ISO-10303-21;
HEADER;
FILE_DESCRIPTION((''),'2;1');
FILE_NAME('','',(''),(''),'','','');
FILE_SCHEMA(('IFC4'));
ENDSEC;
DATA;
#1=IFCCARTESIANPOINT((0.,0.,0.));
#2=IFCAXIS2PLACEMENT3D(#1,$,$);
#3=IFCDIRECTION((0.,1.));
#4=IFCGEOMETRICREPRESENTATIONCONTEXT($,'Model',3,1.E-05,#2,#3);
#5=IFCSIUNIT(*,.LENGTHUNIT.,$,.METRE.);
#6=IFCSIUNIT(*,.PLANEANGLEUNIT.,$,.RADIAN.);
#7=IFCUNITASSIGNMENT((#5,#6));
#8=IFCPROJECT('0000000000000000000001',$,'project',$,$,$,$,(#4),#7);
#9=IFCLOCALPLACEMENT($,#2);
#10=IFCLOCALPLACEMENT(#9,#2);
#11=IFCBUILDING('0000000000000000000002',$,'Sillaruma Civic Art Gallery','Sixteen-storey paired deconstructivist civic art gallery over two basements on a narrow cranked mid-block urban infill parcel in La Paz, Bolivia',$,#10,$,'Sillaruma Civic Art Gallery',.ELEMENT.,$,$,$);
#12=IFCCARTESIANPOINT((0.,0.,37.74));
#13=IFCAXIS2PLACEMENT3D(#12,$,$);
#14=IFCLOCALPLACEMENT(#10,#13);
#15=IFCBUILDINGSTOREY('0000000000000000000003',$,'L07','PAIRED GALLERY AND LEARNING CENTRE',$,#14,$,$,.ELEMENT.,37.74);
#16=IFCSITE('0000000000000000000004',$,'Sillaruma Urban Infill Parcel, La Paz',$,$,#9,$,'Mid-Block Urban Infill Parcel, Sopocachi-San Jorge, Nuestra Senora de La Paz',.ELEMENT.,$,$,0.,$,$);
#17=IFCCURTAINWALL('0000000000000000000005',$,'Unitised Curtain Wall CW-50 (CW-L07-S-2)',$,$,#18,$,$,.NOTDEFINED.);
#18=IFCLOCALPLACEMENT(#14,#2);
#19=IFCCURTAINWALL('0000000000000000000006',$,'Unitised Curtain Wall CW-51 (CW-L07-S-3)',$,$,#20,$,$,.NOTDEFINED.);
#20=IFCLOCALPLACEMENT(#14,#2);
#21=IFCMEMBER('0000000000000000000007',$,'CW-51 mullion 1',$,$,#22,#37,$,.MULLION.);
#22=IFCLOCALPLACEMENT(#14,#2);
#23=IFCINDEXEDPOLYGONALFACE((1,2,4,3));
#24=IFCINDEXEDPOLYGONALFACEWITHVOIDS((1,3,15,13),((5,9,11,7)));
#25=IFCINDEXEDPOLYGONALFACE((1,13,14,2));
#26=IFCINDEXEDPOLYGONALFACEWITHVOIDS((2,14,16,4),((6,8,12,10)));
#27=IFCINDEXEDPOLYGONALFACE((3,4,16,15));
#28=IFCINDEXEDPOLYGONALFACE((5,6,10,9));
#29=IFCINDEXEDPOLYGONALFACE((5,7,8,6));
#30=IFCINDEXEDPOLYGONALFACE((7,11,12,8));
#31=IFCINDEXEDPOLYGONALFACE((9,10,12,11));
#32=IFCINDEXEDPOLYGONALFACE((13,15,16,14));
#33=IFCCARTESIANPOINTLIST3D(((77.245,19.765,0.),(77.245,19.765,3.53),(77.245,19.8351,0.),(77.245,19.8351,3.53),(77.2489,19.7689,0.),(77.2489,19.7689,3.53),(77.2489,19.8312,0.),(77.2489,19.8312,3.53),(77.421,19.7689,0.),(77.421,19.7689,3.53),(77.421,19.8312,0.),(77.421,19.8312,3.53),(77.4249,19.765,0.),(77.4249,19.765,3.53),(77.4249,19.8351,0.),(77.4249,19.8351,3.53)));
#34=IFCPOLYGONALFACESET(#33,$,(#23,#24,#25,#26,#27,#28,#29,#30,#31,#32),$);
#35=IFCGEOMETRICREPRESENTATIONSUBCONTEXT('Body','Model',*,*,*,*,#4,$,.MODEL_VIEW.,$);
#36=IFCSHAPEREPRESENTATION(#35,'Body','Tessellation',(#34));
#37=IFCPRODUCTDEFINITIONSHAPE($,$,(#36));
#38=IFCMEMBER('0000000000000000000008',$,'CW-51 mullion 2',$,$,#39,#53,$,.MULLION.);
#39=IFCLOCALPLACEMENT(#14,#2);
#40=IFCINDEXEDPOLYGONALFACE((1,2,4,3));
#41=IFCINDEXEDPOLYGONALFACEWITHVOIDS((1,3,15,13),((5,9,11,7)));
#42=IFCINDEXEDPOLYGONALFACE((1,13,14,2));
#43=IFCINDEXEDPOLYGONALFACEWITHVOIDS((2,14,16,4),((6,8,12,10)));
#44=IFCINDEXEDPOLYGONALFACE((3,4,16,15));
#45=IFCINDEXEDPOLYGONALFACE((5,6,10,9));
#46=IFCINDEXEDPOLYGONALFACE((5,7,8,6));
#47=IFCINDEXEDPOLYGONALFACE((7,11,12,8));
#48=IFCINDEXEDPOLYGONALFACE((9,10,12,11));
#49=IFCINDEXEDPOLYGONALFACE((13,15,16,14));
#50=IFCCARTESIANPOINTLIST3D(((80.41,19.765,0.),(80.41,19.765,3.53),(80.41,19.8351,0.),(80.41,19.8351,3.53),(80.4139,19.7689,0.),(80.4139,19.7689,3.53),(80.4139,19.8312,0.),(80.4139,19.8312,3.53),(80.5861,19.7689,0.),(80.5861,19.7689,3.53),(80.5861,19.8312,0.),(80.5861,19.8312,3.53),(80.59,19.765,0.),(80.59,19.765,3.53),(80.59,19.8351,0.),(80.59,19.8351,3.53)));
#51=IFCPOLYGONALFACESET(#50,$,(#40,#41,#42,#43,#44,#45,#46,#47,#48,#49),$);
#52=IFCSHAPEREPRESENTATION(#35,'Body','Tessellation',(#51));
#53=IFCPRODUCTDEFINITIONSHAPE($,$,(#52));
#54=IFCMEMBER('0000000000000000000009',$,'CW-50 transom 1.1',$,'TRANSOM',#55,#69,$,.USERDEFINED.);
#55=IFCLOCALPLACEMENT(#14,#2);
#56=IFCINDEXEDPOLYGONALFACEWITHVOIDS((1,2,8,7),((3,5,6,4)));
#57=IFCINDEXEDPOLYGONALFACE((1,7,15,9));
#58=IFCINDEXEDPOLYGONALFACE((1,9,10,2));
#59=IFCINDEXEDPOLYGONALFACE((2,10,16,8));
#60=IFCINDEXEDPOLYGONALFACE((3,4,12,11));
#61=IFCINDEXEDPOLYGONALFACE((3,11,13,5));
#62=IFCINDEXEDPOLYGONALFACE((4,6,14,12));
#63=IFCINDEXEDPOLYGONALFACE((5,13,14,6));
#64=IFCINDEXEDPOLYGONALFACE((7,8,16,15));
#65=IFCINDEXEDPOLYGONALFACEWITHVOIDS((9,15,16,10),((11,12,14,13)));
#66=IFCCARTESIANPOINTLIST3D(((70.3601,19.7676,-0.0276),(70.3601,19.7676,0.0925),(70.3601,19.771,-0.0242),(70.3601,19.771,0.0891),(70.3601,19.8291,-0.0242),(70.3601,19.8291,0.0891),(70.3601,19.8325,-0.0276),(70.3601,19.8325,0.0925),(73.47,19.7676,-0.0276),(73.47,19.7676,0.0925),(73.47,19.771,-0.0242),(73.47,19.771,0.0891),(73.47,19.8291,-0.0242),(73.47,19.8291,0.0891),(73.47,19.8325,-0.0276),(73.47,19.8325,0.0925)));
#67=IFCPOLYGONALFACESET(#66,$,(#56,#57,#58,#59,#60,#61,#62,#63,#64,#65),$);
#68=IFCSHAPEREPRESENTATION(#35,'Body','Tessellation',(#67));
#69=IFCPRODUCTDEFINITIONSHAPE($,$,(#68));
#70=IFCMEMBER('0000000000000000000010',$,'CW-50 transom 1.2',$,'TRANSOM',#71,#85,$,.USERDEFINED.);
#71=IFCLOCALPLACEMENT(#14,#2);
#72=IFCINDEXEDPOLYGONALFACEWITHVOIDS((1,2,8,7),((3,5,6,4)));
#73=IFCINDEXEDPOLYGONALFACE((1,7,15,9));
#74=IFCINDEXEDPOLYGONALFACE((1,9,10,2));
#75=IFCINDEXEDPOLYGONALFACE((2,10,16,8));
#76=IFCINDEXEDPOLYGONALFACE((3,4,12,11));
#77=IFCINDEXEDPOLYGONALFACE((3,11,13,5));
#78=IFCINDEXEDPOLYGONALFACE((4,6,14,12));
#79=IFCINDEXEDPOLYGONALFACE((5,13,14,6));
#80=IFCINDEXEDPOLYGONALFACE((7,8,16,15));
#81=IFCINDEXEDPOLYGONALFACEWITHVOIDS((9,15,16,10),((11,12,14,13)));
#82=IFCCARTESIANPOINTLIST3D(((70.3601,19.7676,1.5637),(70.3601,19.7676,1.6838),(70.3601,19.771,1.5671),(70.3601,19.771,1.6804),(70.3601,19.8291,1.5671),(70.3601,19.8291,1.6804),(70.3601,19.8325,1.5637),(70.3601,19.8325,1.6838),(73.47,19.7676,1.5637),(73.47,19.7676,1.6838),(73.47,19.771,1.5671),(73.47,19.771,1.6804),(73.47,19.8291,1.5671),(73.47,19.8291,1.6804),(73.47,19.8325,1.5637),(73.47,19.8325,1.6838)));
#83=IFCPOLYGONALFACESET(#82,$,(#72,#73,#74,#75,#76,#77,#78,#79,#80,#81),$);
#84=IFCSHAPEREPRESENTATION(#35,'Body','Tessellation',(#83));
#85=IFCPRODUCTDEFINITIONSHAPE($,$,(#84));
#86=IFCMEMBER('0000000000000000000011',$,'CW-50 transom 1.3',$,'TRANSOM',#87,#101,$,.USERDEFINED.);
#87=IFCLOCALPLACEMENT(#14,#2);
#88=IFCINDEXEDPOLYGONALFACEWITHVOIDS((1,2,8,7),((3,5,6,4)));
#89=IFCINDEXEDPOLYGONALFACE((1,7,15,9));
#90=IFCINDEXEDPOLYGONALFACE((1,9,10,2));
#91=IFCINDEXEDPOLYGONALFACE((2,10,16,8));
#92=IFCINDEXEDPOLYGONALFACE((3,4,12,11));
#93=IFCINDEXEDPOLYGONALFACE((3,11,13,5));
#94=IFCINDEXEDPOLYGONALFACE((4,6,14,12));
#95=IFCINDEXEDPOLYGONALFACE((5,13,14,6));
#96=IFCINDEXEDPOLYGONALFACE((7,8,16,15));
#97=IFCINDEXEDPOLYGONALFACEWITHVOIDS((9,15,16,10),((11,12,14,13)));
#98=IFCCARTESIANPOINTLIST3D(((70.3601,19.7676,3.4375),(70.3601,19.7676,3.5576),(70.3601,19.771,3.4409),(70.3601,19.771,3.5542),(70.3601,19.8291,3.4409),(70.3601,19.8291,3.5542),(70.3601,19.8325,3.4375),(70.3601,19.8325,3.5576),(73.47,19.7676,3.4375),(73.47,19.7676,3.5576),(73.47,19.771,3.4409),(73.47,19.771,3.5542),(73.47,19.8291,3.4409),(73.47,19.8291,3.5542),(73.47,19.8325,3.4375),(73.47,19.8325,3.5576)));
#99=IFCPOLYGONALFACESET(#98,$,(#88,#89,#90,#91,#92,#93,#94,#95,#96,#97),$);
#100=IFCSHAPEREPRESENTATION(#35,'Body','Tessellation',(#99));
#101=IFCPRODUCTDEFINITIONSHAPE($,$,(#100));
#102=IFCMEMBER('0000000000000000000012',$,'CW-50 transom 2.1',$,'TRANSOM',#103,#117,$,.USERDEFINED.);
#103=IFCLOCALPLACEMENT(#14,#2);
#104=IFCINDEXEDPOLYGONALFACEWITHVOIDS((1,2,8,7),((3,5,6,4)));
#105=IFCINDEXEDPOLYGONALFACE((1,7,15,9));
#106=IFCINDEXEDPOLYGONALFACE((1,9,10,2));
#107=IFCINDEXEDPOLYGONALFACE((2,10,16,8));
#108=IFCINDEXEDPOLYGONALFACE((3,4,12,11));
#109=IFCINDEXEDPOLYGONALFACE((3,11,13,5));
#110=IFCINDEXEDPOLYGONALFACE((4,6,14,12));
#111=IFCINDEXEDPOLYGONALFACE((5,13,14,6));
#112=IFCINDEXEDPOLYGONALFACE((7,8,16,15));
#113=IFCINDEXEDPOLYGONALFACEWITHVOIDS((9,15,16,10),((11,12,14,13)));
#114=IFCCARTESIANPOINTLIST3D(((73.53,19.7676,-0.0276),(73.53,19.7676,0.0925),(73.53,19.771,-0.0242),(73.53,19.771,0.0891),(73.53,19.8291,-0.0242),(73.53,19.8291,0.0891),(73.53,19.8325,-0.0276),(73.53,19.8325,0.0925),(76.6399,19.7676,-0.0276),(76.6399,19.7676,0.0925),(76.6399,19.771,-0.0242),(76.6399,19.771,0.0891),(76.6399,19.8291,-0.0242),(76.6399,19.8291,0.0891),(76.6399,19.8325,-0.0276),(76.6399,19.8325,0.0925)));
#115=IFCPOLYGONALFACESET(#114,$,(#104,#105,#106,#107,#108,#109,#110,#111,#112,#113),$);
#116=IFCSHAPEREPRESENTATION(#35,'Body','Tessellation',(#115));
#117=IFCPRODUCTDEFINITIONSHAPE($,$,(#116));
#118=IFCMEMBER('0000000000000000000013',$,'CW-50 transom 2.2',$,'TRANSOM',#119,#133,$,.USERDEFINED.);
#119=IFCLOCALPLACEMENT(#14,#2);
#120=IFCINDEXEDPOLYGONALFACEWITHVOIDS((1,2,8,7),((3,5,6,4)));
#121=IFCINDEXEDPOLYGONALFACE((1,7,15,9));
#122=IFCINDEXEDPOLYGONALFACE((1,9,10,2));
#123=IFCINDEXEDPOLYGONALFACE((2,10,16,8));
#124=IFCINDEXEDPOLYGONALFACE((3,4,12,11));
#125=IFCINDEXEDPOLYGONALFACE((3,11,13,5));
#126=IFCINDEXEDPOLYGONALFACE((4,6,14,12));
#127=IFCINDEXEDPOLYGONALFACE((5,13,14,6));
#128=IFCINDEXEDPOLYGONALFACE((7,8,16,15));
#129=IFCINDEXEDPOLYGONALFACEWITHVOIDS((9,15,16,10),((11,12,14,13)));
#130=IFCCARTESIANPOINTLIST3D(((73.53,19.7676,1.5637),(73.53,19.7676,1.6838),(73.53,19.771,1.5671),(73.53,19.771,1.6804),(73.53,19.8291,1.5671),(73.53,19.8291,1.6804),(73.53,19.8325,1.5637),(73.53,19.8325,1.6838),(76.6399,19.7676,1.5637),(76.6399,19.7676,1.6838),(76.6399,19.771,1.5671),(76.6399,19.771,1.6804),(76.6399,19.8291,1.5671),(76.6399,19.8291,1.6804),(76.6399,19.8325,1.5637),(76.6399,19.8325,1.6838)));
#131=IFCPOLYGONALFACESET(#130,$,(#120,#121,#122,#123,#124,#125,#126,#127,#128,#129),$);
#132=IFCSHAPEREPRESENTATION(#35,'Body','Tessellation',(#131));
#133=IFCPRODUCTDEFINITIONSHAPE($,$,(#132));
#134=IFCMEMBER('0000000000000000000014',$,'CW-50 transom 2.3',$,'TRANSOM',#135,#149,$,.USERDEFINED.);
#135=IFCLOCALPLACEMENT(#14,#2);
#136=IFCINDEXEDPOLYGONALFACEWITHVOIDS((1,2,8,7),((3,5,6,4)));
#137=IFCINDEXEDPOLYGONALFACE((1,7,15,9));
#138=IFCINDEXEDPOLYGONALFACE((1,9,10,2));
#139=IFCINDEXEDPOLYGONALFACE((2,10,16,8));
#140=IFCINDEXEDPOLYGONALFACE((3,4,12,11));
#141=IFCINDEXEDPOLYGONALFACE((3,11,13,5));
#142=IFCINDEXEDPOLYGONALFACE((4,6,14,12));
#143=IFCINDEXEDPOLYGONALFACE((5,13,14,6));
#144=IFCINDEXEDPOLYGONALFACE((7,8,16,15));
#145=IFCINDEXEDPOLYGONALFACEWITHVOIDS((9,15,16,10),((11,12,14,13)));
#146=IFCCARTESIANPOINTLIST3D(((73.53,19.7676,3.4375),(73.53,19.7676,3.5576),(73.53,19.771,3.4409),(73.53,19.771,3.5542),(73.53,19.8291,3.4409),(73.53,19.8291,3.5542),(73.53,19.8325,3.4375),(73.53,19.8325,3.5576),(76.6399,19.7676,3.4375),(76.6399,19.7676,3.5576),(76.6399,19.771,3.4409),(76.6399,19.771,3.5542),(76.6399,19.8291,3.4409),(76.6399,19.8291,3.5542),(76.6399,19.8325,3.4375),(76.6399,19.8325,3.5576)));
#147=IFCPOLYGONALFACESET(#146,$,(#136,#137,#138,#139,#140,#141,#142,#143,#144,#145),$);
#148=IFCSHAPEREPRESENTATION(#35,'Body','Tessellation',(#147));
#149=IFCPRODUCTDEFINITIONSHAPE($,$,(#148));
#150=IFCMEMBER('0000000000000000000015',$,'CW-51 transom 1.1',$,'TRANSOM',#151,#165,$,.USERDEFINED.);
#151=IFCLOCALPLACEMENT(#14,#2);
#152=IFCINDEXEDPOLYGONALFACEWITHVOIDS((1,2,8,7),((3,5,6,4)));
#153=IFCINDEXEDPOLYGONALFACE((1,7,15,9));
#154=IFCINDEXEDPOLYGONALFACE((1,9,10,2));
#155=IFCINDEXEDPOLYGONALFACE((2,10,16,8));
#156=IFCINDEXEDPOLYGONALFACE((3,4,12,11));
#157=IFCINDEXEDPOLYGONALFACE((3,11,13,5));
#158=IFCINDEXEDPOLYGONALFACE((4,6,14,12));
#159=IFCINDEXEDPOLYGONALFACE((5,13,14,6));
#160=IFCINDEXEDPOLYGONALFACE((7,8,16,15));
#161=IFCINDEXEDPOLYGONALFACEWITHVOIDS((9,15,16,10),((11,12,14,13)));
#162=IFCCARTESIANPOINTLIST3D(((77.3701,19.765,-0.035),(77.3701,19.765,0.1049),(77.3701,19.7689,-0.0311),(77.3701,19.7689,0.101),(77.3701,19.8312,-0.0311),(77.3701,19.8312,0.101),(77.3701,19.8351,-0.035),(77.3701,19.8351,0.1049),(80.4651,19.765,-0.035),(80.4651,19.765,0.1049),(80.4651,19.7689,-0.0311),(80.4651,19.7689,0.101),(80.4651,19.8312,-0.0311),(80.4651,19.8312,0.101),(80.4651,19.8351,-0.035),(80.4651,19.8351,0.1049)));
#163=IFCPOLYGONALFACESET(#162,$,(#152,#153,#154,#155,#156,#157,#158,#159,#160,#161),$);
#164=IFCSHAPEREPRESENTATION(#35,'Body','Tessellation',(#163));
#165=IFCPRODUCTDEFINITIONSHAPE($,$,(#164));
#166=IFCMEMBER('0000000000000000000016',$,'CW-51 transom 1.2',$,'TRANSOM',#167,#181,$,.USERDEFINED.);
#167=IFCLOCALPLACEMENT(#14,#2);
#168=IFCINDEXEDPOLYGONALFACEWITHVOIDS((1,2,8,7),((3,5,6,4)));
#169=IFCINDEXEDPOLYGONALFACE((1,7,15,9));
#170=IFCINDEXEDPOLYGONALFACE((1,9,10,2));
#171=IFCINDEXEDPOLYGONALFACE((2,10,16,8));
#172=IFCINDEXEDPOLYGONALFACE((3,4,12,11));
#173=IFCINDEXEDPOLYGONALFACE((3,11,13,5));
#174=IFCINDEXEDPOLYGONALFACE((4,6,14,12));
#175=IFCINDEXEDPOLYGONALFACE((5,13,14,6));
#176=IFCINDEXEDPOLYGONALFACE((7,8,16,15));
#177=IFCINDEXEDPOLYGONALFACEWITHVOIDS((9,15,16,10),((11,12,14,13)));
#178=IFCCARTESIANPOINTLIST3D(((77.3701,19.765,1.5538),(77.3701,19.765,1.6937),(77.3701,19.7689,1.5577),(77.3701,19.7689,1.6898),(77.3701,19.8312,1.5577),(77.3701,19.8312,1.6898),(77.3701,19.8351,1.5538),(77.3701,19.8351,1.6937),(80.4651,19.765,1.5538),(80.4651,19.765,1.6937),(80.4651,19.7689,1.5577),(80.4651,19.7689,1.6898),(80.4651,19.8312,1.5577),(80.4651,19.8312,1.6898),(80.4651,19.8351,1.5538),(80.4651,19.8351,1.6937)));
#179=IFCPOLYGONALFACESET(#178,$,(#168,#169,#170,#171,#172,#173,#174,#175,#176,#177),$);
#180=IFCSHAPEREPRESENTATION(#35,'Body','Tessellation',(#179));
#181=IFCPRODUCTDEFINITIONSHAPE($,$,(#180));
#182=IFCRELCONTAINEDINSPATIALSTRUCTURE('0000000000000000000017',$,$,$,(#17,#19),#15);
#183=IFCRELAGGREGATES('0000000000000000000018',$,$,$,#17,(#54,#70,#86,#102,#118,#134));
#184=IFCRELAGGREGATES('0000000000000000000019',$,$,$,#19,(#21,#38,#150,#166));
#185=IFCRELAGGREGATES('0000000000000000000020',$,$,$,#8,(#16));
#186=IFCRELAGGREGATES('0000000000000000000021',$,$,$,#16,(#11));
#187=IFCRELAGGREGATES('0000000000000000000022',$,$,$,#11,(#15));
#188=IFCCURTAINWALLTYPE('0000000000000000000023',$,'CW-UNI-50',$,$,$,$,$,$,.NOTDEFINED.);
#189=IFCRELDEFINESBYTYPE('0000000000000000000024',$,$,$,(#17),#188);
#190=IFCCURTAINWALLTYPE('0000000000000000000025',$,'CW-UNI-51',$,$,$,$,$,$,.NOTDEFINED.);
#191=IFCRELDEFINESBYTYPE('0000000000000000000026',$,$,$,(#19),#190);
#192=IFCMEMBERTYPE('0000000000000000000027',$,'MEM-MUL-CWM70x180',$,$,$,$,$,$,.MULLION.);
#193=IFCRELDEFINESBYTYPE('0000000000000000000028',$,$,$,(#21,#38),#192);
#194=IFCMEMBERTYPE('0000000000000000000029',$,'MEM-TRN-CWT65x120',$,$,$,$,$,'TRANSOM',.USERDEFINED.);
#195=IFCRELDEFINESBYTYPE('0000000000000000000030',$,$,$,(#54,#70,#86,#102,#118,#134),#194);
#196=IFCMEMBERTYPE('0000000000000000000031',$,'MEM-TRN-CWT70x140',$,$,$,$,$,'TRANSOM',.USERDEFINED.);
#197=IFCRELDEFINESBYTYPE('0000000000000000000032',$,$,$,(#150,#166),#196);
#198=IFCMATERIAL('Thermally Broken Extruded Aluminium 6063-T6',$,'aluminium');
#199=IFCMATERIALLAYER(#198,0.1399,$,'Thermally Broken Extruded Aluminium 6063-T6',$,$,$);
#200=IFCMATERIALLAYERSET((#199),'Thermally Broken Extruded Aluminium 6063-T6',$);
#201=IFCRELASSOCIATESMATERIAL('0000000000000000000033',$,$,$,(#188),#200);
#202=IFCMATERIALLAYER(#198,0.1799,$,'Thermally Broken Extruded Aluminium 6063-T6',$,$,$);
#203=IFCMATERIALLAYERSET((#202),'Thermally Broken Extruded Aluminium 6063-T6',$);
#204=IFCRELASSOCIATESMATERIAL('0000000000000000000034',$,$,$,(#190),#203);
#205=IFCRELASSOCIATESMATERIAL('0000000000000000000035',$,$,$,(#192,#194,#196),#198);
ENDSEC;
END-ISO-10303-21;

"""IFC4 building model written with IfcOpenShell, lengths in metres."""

from ifc_helpers import new_model, si_unit, direction, frame, origin, origin_2d, place, context, subcontext, project, spatial, hollow_rectangle, extrude, material, layer, layer_set, material_profile, profile_set, type_object, element, aggregate, save


model = new_model("IFC4")

# Units and contexts
model_context = context("Model", 3, precision=1e-05, world=origin(), true_north=direction((0.0, 1.0)))
body_context = subcontext(model_context, "Body", "Model", "MODEL_VIEW")
ifc_project = project(units=[si_unit("LENGTHUNIT", "METRE"), si_unit("PLANEANGLEUNIT", "RADIAN")], contexts=[model_context])

# Site, building, storey
site_placement = place(None, origin())
site = spatial("IfcSite", under=ifc_project, at=site_placement, Name="Sillaruma Urban Infill Parcel, La Paz", LongName="Mid-Block Urban Infill Parcel, Sopocachi-San Jorge, Nuestra Senora de La Paz", CompositionType="ELEMENT", RefElevation=0.0)
building_placement = place(site_placement, origin())
building = spatial("IfcBuilding", under=site, at=building_placement, Name="Sillaruma Civic Art Gallery", Description="Sixteen-storey paired deconstructivist civic art gallery over two basements on a narrow cranked mid-block urban infill parcel in La Paz, Bolivia", LongName="Sillaruma Civic Art Gallery", CompositionType="ELEMENT")
storey_placement = place(building_placement, frame((0.0, 0.0, 37.74)))
storey = spatial("IfcBuildingStorey", under=building, at=storey_placement, Name="L07", Description="PAIRED GALLERY AND LEARNING CENTRE", CompositionType="ELEMENT", Elevation=37.74)

# Curtain walls, members
ifc_material_1 = material(Name="Thermally Broken Extruded Aluminium 6063-T6", Category="aluminium")
ifc_layer_1 = layer(ifc_material_1, 0.1399, Name="Thermally Broken Extruded Aluminium 6063-T6")
ifc_layer_set_1 = layer_set([ifc_layer_1], Name="Thermally Broken Extruded Aluminium 6063-T6")
curtain_wall_type_1 = type_object("IfcCurtainWallType", Name="CW-UNI-50", PredefinedType="NOTDEFINED", material=ifc_layer_set_1)
curtain_wall_1_placement = place(storey_placement, origin())
curtain_wall_1 = element("IfcCurtainWall", 1, at=curtain_wall_1_placement, inside=storey, type_object=curtain_wall_type_1, Name="Unitised Curtain Wall CW-50 (CW-L07-S-2)", PredefinedType="NOTDEFINED")
ifc_layer_2 = layer(ifc_material_1, 0.1799, Name="Thermally Broken Extruded Aluminium 6063-T6")
ifc_layer_set_2 = layer_set([ifc_layer_2], Name="Thermally Broken Extruded Aluminium 6063-T6")
curtain_wall_type_2 = type_object("IfcCurtainWallType", Name="CW-UNI-51", PredefinedType="NOTDEFINED", material=ifc_layer_set_2)
curtain_wall_2_placement = place(storey_placement, origin())
curtain_wall_2 = element("IfcCurtainWall", 2, at=curtain_wall_2_placement, inside=storey, type_object=curtain_wall_type_2, Name="Unitised Curtain Wall CW-51 (CW-L07-S-3)", PredefinedType="NOTDEFINED")
ifc_material_profile_1 = material_profile(ifc_material_1, hollow_rectangle(XDim=0.0701, YDim=0.1799, WallThickness=0.0039, at=origin_2d()), Name="CWM70x180")
ifc_profile_set_1 = profile_set([ifc_material_profile_1], Name="Thermally Broken Extruded Aluminium 6063-T6")
member_type_1 = type_object("IfcMemberType", Name="MEM-MUL-CWM70x180", PredefinedType="MULLION", material=ifc_profile_set_1)
member_1_placement = place(storey_placement, frame((77.335, 19.8, 0.0), z_axis=(0.0, 0.0, 1.0), x_axis=(0.0, 1.0, 0.0)))
member_1 = element("IfcMember", 3, at=member_1_placement, type_object=member_type_1, Name="CW-51 mullion 1", PredefinedType="MULLION", context=body_context, shape_type="SweptSolid", body=[
    extrude(hollow_rectangle(XDim=0.0701, YDim=0.1799, WallThickness=0.0039, at=origin_2d()), origin(), (0.0, 0.0, 1.0), 3.53),
])
member_2_placement = place(storey_placement, frame((80.5, 19.8, 0.0), z_axis=(0.0, 0.0, 1.0), x_axis=(0.0, 1.0, 0.0)))
member_2 = element("IfcMember", 4, at=member_2_placement, type_object=member_type_1, Name="CW-51 mullion 2", PredefinedType="MULLION", context=body_context, shape_type="SweptSolid", body=[
    extrude(hollow_rectangle(XDim=0.0701, YDim=0.1799, WallThickness=0.0039, at=origin_2d()), origin(), (0.0, 0.0, 1.0), 3.53),
])

# Members
ifc_material_profile_2 = material_profile(ifc_material_1, hollow_rectangle(XDim=0.0649, YDim=0.1201, WallThickness=0.0034, at=origin_2d()), Name="CWT65x120")
ifc_profile_set_2 = profile_set([ifc_material_profile_2], Name="Thermally Broken Extruded Aluminium 6063-T6")
member_type_2 = type_object("IfcMemberType", Name="MEM-TRN-CWT65x120", ElementType="TRANSOM", PredefinedType="USERDEFINED", material=ifc_profile_set_2)
member_3_placement = place(storey_placement, frame((70.3601, 19.8, 0.0325), z_axis=(1.0, 0.0, 0.0), x_axis=(0.0, 1.0, 0.0)))
member_3 = element("IfcMember", 5, at=member_3_placement, type_object=member_type_2, Name="CW-50 transom 1.1", ObjectType="TRANSOM", PredefinedType="USERDEFINED", context=body_context, shape_type="SweptSolid", body=[
    extrude(hollow_rectangle(XDim=0.0649, YDim=0.1201, WallThickness=0.0034, at=origin_2d()), origin(), (0.0, 0.0, 1.0), 3.1099),
])
member_4_placement = place(storey_placement, frame((70.3601, 19.8, 1.6238), z_axis=(1.0, 0.0, 0.0), x_axis=(0.0, 1.0, 0.0)))
member_4 = element("IfcMember", 6, at=member_4_placement, type_object=member_type_2, Name="CW-50 transom 1.2", ObjectType="TRANSOM", PredefinedType="USERDEFINED", context=body_context, shape_type="SweptSolid", body=[
    extrude(hollow_rectangle(XDim=0.0649, YDim=0.1201, WallThickness=0.0034, at=origin_2d()), origin(), (0.0, 0.0, 1.0), 3.1099),
])
member_5_placement = place(storey_placement, frame((70.3601, 19.8, 3.4976), z_axis=(1.0, 0.0, 0.0), x_axis=(0.0, 1.0, 0.0)))
member_5 = element("IfcMember", 7, at=member_5_placement, type_object=member_type_2, Name="CW-50 transom 1.3", ObjectType="TRANSOM", PredefinedType="USERDEFINED", context=body_context, shape_type="SweptSolid", body=[
    extrude(hollow_rectangle(XDim=0.0649, YDim=0.1201, WallThickness=0.0034, at=origin_2d()), origin(), (0.0, 0.0, 1.0), 3.1099),
])
member_6_placement = place(storey_placement, frame((73.53, 19.8, 0.0325), z_axis=(1.0, 0.0, 0.0), x_axis=(0.0, 1.0, 0.0)))
member_6 = element("IfcMember", 8, at=member_6_placement, type_object=member_type_2, Name="CW-50 transom 2.1", ObjectType="TRANSOM", PredefinedType="USERDEFINED", context=body_context, shape_type="SweptSolid", body=[
    extrude(hollow_rectangle(XDim=0.0649, YDim=0.1201, WallThickness=0.0034, at=origin_2d()), origin(), (0.0, 0.0, 1.0), 3.1099),
])
member_7_placement = place(storey_placement, frame((73.53, 19.8, 1.6238), z_axis=(1.0, 0.0, 0.0), x_axis=(0.0, 1.0, 0.0)))
member_7 = element("IfcMember", 9, at=member_7_placement, type_object=member_type_2, Name="CW-50 transom 2.2", ObjectType="TRANSOM", PredefinedType="USERDEFINED", context=body_context, shape_type="SweptSolid", body=[
    extrude(hollow_rectangle(XDim=0.0649, YDim=0.1201, WallThickness=0.0034, at=origin_2d()), origin(), (0.0, 0.0, 1.0), 3.1099),
])
member_8_placement = place(storey_placement, frame((73.53, 19.8, 3.4976), z_axis=(1.0, 0.0, 0.0), x_axis=(0.0, 1.0, 0.0)))
member_8 = element("IfcMember", 10, at=member_8_placement, type_object=member_type_2, Name="CW-50 transom 2.3", ObjectType="TRANSOM", PredefinedType="USERDEFINED", context=body_context, shape_type="SweptSolid", body=[
    extrude(hollow_rectangle(XDim=0.0649, YDim=0.1201, WallThickness=0.0034, at=origin_2d()), origin(), (0.0, 0.0, 1.0), 3.1099),
])
ifc_material_profile_3 = material_profile(ifc_material_1, hollow_rectangle(XDim=0.0701, YDim=0.1399, WallThickness=0.0039, at=origin_2d()), Name="CWT70x140")
ifc_profile_set_3 = profile_set([ifc_material_profile_3], Name="Thermally Broken Extruded Aluminium 6063-T6")
member_type_3 = type_object("IfcMemberType", Name="MEM-TRN-CWT70x140", ElementType="TRANSOM", PredefinedType="USERDEFINED", material=ifc_profile_set_3)
member_9_placement = place(storey_placement, frame((77.3701, 19.8, 0.0349), z_axis=(1.0, 0.0, 0.0), x_axis=(0.0, 1.0, 0.0)))
member_9 = element("IfcMember", 11, at=member_9_placement, type_object=member_type_3, Name="CW-51 transom 1.1", ObjectType="TRANSOM", PredefinedType="USERDEFINED", context=body_context, shape_type="SweptSolid", body=[
    extrude(hollow_rectangle(XDim=0.0701, YDim=0.1399, WallThickness=0.0039, at=origin_2d()), origin(), (0.0, 0.0, 1.0), 3.095),
])
member_10_placement = place(storey_placement, frame((77.3701, 19.8, 1.6238), z_axis=(1.0, 0.0, 0.0), x_axis=(0.0, 1.0, 0.0)))
member_10 = element("IfcMember", 12, at=member_10_placement, type_object=member_type_3, Name="CW-51 transom 1.2", ObjectType="TRANSOM", PredefinedType="USERDEFINED", context=body_context, shape_type="SweptSolid", body=[
    extrude(hollow_rectangle(XDim=0.0701, YDim=0.1399, WallThickness=0.0039, at=origin_2d()), origin(), (0.0, 0.0, 1.0), 3.095),
])

aggregate(curtain_wall_1, [member_3, member_4, member_5, member_6, member_7, member_8])
aggregate(curtain_wall_2, [member_1, member_2, member_9, member_10])

save(model, "model.ifc")
